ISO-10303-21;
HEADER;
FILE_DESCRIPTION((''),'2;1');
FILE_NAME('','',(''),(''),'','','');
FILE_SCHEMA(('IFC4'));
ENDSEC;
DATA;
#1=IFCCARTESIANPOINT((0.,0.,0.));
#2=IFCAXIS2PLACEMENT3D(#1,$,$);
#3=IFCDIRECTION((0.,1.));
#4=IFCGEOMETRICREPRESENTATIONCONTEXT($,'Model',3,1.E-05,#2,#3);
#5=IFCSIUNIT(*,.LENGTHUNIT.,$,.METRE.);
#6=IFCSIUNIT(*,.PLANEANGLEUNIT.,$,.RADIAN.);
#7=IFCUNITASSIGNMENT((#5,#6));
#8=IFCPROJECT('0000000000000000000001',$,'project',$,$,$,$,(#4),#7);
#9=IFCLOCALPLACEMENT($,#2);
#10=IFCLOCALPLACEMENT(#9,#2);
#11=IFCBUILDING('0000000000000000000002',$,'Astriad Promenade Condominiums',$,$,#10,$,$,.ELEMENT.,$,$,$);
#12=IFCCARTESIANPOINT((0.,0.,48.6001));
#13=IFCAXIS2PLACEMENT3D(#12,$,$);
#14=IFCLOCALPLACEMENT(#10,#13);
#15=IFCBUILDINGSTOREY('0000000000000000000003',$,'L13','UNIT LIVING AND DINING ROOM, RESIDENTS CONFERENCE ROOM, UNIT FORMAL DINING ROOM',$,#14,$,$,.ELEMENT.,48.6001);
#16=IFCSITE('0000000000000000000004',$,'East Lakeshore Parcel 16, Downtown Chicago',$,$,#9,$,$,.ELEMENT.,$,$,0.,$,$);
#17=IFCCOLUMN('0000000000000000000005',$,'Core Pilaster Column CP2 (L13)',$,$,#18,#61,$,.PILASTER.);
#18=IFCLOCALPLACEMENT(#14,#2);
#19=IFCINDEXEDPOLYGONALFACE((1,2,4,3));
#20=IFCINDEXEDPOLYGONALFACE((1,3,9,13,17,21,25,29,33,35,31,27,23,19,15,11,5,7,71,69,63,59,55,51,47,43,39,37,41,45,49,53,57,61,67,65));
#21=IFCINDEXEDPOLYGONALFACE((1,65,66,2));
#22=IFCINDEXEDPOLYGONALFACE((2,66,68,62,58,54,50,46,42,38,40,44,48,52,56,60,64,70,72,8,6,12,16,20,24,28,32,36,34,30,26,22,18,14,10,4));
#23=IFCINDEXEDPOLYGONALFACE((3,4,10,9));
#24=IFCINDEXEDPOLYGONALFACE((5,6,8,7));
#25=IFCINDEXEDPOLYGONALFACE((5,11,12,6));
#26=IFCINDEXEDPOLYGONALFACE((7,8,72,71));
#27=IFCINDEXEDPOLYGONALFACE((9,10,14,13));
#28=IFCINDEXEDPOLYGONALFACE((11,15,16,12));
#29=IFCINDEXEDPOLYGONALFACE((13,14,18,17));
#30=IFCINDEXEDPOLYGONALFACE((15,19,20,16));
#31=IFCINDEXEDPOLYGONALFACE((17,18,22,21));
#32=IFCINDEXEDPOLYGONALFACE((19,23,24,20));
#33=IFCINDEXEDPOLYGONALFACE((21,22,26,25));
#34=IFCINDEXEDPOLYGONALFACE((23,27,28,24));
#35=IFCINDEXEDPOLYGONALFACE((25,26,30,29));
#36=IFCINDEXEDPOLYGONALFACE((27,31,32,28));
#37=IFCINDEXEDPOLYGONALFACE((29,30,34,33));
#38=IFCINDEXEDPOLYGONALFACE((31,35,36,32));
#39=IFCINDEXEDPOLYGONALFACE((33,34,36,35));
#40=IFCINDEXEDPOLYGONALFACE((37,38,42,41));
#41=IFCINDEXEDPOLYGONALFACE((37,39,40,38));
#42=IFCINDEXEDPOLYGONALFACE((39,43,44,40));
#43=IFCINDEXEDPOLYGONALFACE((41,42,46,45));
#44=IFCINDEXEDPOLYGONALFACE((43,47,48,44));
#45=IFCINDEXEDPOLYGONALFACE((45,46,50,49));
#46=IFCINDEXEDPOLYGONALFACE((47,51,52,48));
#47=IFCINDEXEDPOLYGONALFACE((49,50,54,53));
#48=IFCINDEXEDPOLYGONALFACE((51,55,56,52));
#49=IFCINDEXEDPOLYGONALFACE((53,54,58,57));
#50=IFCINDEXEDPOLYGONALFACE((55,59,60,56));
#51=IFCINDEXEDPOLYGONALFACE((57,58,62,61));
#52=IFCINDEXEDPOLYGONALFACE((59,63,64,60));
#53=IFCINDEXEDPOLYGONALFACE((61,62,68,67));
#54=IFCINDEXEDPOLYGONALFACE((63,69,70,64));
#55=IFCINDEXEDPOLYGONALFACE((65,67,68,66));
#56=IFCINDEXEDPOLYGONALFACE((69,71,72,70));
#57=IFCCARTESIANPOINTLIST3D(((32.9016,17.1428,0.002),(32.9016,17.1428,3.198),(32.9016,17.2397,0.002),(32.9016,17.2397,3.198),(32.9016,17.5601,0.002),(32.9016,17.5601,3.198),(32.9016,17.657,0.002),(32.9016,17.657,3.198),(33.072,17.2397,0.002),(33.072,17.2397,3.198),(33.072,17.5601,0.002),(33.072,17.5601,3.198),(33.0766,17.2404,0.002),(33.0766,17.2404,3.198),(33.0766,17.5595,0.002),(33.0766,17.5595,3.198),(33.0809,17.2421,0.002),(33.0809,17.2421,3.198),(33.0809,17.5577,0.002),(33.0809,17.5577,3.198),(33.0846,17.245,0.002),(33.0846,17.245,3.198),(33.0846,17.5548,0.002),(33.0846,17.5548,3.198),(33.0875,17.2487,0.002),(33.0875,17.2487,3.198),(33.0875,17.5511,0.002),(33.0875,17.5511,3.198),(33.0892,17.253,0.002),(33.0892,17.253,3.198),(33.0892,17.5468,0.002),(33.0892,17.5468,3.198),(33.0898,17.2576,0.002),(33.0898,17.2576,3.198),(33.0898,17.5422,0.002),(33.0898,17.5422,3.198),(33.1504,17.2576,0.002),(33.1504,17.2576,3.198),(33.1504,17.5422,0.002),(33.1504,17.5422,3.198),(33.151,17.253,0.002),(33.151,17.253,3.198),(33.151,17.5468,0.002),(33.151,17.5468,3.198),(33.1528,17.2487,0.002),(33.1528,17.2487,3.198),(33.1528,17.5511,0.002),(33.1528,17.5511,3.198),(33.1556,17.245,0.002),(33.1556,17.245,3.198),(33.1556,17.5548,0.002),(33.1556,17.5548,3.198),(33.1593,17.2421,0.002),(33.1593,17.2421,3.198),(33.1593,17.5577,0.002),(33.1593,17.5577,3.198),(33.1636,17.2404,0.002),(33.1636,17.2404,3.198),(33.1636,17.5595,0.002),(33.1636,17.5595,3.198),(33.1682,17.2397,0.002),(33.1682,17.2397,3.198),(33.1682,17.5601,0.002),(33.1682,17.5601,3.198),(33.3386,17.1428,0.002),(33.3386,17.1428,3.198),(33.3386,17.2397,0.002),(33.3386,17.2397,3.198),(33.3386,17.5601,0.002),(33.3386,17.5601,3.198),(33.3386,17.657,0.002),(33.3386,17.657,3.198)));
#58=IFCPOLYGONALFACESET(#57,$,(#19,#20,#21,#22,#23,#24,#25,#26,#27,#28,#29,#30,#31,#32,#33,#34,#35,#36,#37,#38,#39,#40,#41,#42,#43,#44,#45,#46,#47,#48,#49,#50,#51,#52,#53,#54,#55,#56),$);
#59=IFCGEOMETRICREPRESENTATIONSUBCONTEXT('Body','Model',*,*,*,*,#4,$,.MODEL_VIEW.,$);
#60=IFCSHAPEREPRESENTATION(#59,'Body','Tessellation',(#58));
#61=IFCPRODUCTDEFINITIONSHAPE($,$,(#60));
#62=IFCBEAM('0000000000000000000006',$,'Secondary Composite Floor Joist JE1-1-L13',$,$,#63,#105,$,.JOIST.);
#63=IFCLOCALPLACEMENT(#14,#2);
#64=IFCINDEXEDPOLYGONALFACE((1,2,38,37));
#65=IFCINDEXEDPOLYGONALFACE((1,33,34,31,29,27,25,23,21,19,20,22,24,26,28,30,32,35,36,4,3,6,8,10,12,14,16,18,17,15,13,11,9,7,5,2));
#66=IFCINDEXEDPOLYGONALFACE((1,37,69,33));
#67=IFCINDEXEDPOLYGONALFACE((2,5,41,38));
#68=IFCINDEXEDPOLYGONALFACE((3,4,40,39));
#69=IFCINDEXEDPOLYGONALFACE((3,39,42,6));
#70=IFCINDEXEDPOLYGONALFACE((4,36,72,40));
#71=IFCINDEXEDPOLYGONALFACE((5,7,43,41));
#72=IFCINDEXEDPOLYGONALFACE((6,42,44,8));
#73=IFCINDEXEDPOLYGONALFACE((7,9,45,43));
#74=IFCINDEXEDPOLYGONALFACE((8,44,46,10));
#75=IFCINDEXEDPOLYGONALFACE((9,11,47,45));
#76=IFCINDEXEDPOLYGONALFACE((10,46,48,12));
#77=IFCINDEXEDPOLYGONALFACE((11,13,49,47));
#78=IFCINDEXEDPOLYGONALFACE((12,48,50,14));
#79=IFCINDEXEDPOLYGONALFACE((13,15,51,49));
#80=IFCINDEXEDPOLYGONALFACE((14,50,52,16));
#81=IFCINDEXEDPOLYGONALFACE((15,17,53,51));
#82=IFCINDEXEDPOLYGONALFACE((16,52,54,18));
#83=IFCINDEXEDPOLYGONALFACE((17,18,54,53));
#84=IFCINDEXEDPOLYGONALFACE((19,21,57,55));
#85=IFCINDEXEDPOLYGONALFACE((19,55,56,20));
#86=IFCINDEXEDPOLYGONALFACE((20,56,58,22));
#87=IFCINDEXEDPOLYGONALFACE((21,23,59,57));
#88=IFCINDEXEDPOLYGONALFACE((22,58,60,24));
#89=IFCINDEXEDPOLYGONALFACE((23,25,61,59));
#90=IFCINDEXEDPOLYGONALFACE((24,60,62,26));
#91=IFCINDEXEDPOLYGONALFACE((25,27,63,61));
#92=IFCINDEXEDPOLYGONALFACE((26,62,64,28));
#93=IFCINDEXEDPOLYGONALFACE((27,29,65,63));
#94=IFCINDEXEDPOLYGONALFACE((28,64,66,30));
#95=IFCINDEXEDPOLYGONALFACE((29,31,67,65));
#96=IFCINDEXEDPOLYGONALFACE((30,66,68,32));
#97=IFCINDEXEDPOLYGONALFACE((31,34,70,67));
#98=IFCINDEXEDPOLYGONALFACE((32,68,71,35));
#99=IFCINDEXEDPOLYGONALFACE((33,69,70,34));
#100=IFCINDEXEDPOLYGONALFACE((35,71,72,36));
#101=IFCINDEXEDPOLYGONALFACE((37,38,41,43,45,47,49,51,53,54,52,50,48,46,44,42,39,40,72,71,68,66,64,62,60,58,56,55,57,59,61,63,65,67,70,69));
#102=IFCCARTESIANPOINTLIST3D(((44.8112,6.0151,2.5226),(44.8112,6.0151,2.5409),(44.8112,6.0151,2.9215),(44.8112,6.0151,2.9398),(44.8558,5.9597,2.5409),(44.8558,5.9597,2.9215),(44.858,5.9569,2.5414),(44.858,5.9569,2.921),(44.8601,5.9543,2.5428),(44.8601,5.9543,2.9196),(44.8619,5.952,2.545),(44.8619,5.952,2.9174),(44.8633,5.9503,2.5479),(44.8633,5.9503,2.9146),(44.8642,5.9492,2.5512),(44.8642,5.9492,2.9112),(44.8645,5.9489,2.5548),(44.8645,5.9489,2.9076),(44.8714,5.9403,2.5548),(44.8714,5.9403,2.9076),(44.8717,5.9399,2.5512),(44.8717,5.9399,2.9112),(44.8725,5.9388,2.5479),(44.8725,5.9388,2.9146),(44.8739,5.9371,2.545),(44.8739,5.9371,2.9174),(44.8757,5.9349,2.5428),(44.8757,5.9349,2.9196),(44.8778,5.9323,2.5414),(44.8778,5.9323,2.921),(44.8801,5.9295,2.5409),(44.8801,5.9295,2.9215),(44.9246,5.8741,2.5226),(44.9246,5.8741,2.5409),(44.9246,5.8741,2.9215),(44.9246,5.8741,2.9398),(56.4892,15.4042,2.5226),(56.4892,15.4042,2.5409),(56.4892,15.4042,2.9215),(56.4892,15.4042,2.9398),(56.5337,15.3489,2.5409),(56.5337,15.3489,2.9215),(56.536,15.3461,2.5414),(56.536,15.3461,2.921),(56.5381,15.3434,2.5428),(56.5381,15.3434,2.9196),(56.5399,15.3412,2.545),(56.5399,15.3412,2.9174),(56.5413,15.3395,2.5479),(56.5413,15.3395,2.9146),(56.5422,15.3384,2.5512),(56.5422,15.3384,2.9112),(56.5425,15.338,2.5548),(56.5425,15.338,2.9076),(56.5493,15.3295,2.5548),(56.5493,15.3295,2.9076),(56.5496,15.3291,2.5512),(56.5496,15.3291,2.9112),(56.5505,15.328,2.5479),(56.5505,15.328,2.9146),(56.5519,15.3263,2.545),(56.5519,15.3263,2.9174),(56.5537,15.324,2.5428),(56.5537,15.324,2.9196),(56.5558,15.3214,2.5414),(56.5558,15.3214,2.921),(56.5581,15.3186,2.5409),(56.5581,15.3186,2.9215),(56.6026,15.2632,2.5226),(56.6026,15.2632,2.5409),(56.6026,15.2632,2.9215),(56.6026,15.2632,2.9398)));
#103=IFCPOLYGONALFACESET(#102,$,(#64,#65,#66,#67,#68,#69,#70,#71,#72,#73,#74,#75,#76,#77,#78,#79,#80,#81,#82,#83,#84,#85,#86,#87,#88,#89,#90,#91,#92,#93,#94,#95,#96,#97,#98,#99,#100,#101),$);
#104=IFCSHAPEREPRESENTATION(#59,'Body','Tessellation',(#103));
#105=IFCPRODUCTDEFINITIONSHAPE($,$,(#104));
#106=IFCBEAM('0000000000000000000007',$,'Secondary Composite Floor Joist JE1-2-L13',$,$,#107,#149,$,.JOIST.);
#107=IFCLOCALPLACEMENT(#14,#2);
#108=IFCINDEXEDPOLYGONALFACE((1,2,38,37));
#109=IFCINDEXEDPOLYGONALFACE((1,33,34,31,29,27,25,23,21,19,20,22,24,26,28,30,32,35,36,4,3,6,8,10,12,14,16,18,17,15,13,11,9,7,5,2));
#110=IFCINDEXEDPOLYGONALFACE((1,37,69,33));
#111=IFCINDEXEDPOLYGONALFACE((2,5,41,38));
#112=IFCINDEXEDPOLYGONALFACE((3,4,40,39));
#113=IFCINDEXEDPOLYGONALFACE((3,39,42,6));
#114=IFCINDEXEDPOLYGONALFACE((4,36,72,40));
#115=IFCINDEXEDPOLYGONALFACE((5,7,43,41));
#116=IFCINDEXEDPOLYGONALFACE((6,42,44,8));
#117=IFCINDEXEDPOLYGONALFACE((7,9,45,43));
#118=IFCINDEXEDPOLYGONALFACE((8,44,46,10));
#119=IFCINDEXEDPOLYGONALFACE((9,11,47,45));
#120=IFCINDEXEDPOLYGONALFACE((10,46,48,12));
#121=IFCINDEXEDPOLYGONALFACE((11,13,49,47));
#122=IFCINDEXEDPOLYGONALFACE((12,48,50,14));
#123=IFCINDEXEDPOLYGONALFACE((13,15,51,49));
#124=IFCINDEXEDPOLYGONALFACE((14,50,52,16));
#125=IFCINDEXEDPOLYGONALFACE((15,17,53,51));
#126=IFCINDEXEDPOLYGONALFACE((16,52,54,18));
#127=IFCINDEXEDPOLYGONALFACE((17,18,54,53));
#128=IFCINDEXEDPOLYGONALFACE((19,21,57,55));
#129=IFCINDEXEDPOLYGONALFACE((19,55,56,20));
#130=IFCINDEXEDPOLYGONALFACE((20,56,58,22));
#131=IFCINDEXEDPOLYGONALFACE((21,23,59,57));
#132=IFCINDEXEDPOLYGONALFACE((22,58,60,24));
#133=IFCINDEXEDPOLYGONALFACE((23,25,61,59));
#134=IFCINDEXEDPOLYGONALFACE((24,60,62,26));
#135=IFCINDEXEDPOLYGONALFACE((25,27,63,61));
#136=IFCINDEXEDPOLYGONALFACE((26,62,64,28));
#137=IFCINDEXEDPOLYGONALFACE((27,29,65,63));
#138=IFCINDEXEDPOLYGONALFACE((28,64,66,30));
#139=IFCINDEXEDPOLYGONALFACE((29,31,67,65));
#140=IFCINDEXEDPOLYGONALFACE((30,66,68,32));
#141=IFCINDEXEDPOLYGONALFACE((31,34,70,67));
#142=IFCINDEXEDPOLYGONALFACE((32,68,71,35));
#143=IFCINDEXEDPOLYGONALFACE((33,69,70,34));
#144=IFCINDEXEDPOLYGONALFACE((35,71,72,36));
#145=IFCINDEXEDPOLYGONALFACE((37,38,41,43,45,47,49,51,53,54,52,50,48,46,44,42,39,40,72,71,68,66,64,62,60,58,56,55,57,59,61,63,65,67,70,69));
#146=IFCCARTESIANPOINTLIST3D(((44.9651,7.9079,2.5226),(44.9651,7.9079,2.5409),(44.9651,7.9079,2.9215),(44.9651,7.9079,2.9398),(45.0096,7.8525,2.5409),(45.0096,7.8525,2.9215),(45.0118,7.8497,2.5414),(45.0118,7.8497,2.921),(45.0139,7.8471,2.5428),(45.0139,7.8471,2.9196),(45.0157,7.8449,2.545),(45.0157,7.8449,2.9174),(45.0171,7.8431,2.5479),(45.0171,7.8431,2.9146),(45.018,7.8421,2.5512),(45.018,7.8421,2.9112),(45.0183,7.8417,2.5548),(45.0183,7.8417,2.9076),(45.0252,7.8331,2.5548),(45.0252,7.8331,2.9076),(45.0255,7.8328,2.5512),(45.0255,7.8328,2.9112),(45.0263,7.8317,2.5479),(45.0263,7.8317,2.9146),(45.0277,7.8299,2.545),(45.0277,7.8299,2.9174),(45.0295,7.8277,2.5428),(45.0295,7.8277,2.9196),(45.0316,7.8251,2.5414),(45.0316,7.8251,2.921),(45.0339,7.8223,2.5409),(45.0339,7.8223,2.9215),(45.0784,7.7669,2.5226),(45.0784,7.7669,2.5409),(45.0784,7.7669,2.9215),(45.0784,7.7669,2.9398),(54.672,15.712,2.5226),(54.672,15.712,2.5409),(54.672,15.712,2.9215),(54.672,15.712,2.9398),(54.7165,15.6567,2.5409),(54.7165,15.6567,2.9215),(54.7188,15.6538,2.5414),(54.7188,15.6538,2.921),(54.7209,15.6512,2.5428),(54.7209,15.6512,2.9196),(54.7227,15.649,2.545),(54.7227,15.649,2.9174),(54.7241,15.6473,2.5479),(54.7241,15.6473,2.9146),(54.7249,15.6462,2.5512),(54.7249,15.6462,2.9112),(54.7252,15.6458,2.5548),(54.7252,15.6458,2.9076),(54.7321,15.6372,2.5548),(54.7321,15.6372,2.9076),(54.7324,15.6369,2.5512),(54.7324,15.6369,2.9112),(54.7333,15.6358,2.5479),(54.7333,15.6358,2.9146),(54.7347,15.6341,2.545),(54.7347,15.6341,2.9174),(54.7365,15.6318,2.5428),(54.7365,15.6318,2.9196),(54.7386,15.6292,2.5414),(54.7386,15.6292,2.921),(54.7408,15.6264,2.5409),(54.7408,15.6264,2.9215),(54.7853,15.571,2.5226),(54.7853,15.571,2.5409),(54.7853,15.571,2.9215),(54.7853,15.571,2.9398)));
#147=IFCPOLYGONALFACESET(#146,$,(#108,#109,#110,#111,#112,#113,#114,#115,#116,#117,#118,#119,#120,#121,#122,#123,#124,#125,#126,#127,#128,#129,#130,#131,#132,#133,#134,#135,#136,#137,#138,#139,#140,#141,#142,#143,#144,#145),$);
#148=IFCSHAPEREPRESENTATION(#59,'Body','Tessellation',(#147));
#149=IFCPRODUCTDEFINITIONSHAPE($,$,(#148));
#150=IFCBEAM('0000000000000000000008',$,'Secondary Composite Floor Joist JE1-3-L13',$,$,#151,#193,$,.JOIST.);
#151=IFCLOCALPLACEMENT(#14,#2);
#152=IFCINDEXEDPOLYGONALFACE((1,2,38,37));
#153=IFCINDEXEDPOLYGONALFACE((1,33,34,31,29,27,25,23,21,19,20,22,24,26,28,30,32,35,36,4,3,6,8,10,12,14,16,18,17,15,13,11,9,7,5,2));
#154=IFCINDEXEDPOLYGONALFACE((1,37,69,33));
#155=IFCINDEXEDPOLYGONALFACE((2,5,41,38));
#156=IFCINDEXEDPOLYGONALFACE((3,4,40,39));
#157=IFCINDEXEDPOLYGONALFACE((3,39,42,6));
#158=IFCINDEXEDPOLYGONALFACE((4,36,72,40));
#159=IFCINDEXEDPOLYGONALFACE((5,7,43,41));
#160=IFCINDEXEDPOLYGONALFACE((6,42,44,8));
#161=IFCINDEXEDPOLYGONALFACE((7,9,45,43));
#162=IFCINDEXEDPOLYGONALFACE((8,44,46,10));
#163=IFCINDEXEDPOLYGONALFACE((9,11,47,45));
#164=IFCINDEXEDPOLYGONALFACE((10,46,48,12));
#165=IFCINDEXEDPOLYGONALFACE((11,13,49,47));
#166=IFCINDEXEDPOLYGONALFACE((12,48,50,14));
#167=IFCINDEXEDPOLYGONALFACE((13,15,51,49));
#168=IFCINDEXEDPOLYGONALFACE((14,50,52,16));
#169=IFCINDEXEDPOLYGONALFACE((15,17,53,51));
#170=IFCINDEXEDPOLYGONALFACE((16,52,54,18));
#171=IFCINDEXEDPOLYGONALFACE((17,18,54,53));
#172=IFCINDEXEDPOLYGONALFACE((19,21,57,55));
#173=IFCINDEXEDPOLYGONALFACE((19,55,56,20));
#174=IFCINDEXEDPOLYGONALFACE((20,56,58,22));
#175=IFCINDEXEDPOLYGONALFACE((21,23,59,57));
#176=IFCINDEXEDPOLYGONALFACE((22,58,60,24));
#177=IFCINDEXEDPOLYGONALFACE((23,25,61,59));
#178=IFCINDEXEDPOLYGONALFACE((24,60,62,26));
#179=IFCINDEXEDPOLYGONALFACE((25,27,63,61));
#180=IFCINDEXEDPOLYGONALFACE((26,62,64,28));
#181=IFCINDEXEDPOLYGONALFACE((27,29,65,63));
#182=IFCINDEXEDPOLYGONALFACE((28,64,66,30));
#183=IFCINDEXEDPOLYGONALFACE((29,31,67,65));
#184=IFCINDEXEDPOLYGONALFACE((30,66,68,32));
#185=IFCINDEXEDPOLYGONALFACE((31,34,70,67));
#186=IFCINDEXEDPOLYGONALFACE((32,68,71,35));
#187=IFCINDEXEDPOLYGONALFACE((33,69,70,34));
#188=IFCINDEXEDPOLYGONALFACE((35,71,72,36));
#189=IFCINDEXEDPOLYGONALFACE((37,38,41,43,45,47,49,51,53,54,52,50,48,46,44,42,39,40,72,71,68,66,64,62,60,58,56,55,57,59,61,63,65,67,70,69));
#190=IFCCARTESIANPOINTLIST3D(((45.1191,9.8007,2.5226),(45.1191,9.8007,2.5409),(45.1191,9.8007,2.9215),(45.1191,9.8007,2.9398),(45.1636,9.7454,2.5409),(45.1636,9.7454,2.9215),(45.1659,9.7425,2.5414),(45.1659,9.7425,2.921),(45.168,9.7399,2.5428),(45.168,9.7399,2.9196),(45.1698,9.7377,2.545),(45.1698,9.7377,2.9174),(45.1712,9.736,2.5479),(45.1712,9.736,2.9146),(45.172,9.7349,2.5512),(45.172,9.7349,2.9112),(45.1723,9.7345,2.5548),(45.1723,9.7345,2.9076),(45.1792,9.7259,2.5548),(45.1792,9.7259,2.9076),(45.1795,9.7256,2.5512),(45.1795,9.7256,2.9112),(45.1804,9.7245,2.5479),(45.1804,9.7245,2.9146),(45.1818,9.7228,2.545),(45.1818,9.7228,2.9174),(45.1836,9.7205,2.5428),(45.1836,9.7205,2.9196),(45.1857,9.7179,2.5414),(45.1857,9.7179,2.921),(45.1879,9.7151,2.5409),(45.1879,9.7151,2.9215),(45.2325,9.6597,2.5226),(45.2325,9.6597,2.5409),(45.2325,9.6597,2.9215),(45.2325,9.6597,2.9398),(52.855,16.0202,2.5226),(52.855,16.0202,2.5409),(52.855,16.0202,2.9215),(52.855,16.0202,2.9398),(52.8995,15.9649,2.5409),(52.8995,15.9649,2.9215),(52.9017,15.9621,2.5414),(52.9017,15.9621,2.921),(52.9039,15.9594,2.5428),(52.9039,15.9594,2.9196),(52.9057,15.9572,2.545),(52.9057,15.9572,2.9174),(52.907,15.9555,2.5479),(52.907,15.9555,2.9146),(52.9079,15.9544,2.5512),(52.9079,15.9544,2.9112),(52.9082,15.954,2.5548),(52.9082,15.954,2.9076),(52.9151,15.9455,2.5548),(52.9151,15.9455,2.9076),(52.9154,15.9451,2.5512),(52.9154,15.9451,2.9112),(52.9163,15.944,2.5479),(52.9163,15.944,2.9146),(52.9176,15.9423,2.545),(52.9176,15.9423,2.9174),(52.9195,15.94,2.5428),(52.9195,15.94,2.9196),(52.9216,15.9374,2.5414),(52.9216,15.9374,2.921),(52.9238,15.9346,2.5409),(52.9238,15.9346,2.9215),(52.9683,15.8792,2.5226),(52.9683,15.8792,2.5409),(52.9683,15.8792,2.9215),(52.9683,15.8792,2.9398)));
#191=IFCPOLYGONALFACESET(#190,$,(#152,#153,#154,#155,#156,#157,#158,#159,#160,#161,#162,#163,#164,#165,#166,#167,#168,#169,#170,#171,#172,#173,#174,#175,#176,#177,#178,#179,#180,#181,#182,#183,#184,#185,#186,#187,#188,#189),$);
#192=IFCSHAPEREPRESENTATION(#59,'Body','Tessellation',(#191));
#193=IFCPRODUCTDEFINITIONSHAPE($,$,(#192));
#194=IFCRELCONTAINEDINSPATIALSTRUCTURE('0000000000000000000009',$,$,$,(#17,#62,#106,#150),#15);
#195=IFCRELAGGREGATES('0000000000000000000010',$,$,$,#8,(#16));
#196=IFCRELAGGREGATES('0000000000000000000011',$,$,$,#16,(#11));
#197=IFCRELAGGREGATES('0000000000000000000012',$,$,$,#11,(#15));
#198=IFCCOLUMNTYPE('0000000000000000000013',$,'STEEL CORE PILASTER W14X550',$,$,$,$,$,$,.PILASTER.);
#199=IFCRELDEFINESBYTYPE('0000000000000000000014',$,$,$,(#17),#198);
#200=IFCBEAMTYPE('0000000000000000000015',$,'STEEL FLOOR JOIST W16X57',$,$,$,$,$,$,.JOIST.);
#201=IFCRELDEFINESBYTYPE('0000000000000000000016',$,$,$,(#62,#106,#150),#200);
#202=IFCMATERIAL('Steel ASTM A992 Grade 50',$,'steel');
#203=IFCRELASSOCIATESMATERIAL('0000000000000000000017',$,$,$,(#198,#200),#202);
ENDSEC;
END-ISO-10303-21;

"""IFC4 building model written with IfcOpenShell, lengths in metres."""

from ifc_helpers import new_model, si_unit, direction, frame, origin, origin_2d, place, context, subcontext, project, spatial, i_section, extrude, source, transform, mapped, material, material_profile, profile_set, type_object, type_shapes, element, save


model = new_model("IFC4")

# Units and contexts
model_context = context("Model", 3, precision=1e-05, world=origin(), true_north=direction((0.0, 1.0)))
body_context = subcontext(model_context, "Body", "Model", "MODEL_VIEW")
ifc_project = project(units=[si_unit("LENGTHUNIT", "METRE"), si_unit("PLANEANGLEUNIT", "RADIAN")], contexts=[model_context])

# Site, building, storey
site_placement = place(None, origin())
site = spatial("IfcSite", under=ifc_project, at=site_placement, Name="East Lakeshore Parcel 16, Downtown Chicago", CompositionType="ELEMENT", RefElevation=0.0)
building_placement = place(site_placement, origin())
building = spatial("IfcBuilding", under=site, at=building_placement, Name="Astriad Promenade Condominiums", CompositionType="ELEMENT")
storey_placement = place(building_placement, frame((0.0, 0.0, 48.6001)))
storey = spatial("IfcBuildingStorey", under=building, at=storey_placement, Name="L13", Description="UNIT LIVING AND DINING ROOM, RESIDENTS CONFERENCE ROOM, UNIT FORMAL DINING ROOM", CompositionType="ELEMENT", Elevation=48.6001)

# Column
ifc_material_1 = material(Name="Steel ASTM A992 Grade 50", Category="steel")
ifc_material_profile_1 = material_profile(ifc_material_1, i_section(OverallWidth=0.437, OverallDepth=0.5142, WebThickness=0.0605, FlangeThickness=0.0969, FilletRadius=0.0178, at=origin_2d()), Name="W14X550")
ifc_profile_set_1 = profile_set([ifc_material_profile_1], Name="Steel ASTM A992 Grade 50")
column_type = type_object("IfcColumnType", Name="STEEL CORE PILASTER W14X550", PredefinedType="PILASTER", material=ifc_profile_set_1)
shared_shape_1 = source(origin(), body_context, "Body", "SweptSolid", [
    extrude(i_section(OverallWidth=0.437, OverallDepth=0.5142, WebThickness=0.0605, FlangeThickness=0.0969, FilletRadius=0.0178, at=origin_2d()), origin(), (0.0, 0.0, 1.0), 3.196),
])
type_shapes(column_type, [shared_shape_1])
column_placement = place(storey_placement, frame((33.1201, 17.3999, 0.002), z_axis=(0.0, 0.0, 1.0), x_axis=(1.0, 0.0, 0.0)))
element("IfcColumn", 1, at=column_placement, inside=storey, type_object=column_type, Name="Core Pilaster Column CP2 (L13)", PredefinedType="PILASTER", context=body_context, shape_type="MappedRepresentation", body=[
    mapped(shared_shape_1, transform((0.0, 0.0, 0.0), scale=1.0)),
])

# Beams
ifc_material_profile_2 = material_profile(ifc_material_1, i_section(OverallWidth=0.1809, OverallDepth=0.4172, WebThickness=0.011, FlangeThickness=0.0183, FilletRadius=0.0139, at=origin_2d()), Name="W16X57")
ifc_profile_set_2 = profile_set([ifc_material_profile_2], Name="Steel ASTM A992 Grade 50")
beam_type = type_object("IfcBeamType", Name="STEEL FLOOR JOIST W16X57", PredefinedType="JOIST", material=ifc_profile_set_2)
shared_shape_2 = source(origin(), body_context, "Body", "SweptSolid", [
    extrude(i_section(OverallWidth=0.1809, OverallDepth=0.4172, WebThickness=0.011, FlangeThickness=0.0183, FilletRadius=0.0139, at=origin_2d()), origin(), (0.0, 0.0, 1.0), 14.9844),
])
beam_1_placement = place(storey_placement, frame((44.8679, 5.9446, 2.7312), z_axis=(0.779344, 0.626597, 0.0), x_axis=(-0.626597, 0.779344, 0.0)))
element("IfcBeam", 2, at=beam_1_placement, inside=storey, type_object=beam_type, Name="Secondary Composite Floor Joist JE1-1-L13", PredefinedType="JOIST", context=body_context, shape_type="MappedRepresentation", body=[
    mapped(shared_shape_2, transform((0.0, 0.0, 0.0), scale=1.0)),
])
shared_shape_3 = source(origin(), body_context, "Body", "SweptSolid", [
    extrude(i_section(OverallWidth=0.1809, OverallDepth=0.4172, WebThickness=0.011, FlangeThickness=0.0183, FilletRadius=0.0139, at=origin_2d()), origin(), (0.0, 0.0, 1.0), 12.4551),
])
beam_2_placement = place(storey_placement, frame((45.0217, 7.8374, 2.7312), z_axis=(0.779356, 0.626582, 0.0), x_axis=(-0.626582, 0.779356, 0.0)))
element("IfcBeam", 3, at=beam_2_placement, inside=storey, type_object=beam_type, Name="Secondary Composite Floor Joist JE1-2-L13", PredefinedType="JOIST", context=body_context, shape_type="MappedRepresentation", body=[
    mapped(shared_shape_3, transform((0.0, 0.0, 0.0), scale=1.0)),
])
shared_shape_4 = source(origin(), body_context, "Body", "SweptSolid", [
    extrude(i_section(OverallWidth=0.1809, OverallDepth=0.4172, WebThickness=0.011, FlangeThickness=0.0183, FilletRadius=0.0139, at=origin_2d()), origin(), (0.0, 0.0, 1.0), 9.926),
])
beam_3_placement = place(storey_placement, frame((45.1758, 9.7302, 2.7312), z_axis=(0.779352, 0.626586, 0.0), x_axis=(-0.626586, 0.779352, 0.0)))
element("IfcBeam", 4, at=beam_3_placement, inside=storey, type_object=beam_type, Name="Secondary Composite Floor Joist JE1-3-L13", PredefinedType="JOIST", context=body_context, shape_type="MappedRepresentation", body=[
    mapped(shared_shape_4, transform((0.0, 0.0, 0.0), scale=1.0)),
])

save(model, "model.ifc")
